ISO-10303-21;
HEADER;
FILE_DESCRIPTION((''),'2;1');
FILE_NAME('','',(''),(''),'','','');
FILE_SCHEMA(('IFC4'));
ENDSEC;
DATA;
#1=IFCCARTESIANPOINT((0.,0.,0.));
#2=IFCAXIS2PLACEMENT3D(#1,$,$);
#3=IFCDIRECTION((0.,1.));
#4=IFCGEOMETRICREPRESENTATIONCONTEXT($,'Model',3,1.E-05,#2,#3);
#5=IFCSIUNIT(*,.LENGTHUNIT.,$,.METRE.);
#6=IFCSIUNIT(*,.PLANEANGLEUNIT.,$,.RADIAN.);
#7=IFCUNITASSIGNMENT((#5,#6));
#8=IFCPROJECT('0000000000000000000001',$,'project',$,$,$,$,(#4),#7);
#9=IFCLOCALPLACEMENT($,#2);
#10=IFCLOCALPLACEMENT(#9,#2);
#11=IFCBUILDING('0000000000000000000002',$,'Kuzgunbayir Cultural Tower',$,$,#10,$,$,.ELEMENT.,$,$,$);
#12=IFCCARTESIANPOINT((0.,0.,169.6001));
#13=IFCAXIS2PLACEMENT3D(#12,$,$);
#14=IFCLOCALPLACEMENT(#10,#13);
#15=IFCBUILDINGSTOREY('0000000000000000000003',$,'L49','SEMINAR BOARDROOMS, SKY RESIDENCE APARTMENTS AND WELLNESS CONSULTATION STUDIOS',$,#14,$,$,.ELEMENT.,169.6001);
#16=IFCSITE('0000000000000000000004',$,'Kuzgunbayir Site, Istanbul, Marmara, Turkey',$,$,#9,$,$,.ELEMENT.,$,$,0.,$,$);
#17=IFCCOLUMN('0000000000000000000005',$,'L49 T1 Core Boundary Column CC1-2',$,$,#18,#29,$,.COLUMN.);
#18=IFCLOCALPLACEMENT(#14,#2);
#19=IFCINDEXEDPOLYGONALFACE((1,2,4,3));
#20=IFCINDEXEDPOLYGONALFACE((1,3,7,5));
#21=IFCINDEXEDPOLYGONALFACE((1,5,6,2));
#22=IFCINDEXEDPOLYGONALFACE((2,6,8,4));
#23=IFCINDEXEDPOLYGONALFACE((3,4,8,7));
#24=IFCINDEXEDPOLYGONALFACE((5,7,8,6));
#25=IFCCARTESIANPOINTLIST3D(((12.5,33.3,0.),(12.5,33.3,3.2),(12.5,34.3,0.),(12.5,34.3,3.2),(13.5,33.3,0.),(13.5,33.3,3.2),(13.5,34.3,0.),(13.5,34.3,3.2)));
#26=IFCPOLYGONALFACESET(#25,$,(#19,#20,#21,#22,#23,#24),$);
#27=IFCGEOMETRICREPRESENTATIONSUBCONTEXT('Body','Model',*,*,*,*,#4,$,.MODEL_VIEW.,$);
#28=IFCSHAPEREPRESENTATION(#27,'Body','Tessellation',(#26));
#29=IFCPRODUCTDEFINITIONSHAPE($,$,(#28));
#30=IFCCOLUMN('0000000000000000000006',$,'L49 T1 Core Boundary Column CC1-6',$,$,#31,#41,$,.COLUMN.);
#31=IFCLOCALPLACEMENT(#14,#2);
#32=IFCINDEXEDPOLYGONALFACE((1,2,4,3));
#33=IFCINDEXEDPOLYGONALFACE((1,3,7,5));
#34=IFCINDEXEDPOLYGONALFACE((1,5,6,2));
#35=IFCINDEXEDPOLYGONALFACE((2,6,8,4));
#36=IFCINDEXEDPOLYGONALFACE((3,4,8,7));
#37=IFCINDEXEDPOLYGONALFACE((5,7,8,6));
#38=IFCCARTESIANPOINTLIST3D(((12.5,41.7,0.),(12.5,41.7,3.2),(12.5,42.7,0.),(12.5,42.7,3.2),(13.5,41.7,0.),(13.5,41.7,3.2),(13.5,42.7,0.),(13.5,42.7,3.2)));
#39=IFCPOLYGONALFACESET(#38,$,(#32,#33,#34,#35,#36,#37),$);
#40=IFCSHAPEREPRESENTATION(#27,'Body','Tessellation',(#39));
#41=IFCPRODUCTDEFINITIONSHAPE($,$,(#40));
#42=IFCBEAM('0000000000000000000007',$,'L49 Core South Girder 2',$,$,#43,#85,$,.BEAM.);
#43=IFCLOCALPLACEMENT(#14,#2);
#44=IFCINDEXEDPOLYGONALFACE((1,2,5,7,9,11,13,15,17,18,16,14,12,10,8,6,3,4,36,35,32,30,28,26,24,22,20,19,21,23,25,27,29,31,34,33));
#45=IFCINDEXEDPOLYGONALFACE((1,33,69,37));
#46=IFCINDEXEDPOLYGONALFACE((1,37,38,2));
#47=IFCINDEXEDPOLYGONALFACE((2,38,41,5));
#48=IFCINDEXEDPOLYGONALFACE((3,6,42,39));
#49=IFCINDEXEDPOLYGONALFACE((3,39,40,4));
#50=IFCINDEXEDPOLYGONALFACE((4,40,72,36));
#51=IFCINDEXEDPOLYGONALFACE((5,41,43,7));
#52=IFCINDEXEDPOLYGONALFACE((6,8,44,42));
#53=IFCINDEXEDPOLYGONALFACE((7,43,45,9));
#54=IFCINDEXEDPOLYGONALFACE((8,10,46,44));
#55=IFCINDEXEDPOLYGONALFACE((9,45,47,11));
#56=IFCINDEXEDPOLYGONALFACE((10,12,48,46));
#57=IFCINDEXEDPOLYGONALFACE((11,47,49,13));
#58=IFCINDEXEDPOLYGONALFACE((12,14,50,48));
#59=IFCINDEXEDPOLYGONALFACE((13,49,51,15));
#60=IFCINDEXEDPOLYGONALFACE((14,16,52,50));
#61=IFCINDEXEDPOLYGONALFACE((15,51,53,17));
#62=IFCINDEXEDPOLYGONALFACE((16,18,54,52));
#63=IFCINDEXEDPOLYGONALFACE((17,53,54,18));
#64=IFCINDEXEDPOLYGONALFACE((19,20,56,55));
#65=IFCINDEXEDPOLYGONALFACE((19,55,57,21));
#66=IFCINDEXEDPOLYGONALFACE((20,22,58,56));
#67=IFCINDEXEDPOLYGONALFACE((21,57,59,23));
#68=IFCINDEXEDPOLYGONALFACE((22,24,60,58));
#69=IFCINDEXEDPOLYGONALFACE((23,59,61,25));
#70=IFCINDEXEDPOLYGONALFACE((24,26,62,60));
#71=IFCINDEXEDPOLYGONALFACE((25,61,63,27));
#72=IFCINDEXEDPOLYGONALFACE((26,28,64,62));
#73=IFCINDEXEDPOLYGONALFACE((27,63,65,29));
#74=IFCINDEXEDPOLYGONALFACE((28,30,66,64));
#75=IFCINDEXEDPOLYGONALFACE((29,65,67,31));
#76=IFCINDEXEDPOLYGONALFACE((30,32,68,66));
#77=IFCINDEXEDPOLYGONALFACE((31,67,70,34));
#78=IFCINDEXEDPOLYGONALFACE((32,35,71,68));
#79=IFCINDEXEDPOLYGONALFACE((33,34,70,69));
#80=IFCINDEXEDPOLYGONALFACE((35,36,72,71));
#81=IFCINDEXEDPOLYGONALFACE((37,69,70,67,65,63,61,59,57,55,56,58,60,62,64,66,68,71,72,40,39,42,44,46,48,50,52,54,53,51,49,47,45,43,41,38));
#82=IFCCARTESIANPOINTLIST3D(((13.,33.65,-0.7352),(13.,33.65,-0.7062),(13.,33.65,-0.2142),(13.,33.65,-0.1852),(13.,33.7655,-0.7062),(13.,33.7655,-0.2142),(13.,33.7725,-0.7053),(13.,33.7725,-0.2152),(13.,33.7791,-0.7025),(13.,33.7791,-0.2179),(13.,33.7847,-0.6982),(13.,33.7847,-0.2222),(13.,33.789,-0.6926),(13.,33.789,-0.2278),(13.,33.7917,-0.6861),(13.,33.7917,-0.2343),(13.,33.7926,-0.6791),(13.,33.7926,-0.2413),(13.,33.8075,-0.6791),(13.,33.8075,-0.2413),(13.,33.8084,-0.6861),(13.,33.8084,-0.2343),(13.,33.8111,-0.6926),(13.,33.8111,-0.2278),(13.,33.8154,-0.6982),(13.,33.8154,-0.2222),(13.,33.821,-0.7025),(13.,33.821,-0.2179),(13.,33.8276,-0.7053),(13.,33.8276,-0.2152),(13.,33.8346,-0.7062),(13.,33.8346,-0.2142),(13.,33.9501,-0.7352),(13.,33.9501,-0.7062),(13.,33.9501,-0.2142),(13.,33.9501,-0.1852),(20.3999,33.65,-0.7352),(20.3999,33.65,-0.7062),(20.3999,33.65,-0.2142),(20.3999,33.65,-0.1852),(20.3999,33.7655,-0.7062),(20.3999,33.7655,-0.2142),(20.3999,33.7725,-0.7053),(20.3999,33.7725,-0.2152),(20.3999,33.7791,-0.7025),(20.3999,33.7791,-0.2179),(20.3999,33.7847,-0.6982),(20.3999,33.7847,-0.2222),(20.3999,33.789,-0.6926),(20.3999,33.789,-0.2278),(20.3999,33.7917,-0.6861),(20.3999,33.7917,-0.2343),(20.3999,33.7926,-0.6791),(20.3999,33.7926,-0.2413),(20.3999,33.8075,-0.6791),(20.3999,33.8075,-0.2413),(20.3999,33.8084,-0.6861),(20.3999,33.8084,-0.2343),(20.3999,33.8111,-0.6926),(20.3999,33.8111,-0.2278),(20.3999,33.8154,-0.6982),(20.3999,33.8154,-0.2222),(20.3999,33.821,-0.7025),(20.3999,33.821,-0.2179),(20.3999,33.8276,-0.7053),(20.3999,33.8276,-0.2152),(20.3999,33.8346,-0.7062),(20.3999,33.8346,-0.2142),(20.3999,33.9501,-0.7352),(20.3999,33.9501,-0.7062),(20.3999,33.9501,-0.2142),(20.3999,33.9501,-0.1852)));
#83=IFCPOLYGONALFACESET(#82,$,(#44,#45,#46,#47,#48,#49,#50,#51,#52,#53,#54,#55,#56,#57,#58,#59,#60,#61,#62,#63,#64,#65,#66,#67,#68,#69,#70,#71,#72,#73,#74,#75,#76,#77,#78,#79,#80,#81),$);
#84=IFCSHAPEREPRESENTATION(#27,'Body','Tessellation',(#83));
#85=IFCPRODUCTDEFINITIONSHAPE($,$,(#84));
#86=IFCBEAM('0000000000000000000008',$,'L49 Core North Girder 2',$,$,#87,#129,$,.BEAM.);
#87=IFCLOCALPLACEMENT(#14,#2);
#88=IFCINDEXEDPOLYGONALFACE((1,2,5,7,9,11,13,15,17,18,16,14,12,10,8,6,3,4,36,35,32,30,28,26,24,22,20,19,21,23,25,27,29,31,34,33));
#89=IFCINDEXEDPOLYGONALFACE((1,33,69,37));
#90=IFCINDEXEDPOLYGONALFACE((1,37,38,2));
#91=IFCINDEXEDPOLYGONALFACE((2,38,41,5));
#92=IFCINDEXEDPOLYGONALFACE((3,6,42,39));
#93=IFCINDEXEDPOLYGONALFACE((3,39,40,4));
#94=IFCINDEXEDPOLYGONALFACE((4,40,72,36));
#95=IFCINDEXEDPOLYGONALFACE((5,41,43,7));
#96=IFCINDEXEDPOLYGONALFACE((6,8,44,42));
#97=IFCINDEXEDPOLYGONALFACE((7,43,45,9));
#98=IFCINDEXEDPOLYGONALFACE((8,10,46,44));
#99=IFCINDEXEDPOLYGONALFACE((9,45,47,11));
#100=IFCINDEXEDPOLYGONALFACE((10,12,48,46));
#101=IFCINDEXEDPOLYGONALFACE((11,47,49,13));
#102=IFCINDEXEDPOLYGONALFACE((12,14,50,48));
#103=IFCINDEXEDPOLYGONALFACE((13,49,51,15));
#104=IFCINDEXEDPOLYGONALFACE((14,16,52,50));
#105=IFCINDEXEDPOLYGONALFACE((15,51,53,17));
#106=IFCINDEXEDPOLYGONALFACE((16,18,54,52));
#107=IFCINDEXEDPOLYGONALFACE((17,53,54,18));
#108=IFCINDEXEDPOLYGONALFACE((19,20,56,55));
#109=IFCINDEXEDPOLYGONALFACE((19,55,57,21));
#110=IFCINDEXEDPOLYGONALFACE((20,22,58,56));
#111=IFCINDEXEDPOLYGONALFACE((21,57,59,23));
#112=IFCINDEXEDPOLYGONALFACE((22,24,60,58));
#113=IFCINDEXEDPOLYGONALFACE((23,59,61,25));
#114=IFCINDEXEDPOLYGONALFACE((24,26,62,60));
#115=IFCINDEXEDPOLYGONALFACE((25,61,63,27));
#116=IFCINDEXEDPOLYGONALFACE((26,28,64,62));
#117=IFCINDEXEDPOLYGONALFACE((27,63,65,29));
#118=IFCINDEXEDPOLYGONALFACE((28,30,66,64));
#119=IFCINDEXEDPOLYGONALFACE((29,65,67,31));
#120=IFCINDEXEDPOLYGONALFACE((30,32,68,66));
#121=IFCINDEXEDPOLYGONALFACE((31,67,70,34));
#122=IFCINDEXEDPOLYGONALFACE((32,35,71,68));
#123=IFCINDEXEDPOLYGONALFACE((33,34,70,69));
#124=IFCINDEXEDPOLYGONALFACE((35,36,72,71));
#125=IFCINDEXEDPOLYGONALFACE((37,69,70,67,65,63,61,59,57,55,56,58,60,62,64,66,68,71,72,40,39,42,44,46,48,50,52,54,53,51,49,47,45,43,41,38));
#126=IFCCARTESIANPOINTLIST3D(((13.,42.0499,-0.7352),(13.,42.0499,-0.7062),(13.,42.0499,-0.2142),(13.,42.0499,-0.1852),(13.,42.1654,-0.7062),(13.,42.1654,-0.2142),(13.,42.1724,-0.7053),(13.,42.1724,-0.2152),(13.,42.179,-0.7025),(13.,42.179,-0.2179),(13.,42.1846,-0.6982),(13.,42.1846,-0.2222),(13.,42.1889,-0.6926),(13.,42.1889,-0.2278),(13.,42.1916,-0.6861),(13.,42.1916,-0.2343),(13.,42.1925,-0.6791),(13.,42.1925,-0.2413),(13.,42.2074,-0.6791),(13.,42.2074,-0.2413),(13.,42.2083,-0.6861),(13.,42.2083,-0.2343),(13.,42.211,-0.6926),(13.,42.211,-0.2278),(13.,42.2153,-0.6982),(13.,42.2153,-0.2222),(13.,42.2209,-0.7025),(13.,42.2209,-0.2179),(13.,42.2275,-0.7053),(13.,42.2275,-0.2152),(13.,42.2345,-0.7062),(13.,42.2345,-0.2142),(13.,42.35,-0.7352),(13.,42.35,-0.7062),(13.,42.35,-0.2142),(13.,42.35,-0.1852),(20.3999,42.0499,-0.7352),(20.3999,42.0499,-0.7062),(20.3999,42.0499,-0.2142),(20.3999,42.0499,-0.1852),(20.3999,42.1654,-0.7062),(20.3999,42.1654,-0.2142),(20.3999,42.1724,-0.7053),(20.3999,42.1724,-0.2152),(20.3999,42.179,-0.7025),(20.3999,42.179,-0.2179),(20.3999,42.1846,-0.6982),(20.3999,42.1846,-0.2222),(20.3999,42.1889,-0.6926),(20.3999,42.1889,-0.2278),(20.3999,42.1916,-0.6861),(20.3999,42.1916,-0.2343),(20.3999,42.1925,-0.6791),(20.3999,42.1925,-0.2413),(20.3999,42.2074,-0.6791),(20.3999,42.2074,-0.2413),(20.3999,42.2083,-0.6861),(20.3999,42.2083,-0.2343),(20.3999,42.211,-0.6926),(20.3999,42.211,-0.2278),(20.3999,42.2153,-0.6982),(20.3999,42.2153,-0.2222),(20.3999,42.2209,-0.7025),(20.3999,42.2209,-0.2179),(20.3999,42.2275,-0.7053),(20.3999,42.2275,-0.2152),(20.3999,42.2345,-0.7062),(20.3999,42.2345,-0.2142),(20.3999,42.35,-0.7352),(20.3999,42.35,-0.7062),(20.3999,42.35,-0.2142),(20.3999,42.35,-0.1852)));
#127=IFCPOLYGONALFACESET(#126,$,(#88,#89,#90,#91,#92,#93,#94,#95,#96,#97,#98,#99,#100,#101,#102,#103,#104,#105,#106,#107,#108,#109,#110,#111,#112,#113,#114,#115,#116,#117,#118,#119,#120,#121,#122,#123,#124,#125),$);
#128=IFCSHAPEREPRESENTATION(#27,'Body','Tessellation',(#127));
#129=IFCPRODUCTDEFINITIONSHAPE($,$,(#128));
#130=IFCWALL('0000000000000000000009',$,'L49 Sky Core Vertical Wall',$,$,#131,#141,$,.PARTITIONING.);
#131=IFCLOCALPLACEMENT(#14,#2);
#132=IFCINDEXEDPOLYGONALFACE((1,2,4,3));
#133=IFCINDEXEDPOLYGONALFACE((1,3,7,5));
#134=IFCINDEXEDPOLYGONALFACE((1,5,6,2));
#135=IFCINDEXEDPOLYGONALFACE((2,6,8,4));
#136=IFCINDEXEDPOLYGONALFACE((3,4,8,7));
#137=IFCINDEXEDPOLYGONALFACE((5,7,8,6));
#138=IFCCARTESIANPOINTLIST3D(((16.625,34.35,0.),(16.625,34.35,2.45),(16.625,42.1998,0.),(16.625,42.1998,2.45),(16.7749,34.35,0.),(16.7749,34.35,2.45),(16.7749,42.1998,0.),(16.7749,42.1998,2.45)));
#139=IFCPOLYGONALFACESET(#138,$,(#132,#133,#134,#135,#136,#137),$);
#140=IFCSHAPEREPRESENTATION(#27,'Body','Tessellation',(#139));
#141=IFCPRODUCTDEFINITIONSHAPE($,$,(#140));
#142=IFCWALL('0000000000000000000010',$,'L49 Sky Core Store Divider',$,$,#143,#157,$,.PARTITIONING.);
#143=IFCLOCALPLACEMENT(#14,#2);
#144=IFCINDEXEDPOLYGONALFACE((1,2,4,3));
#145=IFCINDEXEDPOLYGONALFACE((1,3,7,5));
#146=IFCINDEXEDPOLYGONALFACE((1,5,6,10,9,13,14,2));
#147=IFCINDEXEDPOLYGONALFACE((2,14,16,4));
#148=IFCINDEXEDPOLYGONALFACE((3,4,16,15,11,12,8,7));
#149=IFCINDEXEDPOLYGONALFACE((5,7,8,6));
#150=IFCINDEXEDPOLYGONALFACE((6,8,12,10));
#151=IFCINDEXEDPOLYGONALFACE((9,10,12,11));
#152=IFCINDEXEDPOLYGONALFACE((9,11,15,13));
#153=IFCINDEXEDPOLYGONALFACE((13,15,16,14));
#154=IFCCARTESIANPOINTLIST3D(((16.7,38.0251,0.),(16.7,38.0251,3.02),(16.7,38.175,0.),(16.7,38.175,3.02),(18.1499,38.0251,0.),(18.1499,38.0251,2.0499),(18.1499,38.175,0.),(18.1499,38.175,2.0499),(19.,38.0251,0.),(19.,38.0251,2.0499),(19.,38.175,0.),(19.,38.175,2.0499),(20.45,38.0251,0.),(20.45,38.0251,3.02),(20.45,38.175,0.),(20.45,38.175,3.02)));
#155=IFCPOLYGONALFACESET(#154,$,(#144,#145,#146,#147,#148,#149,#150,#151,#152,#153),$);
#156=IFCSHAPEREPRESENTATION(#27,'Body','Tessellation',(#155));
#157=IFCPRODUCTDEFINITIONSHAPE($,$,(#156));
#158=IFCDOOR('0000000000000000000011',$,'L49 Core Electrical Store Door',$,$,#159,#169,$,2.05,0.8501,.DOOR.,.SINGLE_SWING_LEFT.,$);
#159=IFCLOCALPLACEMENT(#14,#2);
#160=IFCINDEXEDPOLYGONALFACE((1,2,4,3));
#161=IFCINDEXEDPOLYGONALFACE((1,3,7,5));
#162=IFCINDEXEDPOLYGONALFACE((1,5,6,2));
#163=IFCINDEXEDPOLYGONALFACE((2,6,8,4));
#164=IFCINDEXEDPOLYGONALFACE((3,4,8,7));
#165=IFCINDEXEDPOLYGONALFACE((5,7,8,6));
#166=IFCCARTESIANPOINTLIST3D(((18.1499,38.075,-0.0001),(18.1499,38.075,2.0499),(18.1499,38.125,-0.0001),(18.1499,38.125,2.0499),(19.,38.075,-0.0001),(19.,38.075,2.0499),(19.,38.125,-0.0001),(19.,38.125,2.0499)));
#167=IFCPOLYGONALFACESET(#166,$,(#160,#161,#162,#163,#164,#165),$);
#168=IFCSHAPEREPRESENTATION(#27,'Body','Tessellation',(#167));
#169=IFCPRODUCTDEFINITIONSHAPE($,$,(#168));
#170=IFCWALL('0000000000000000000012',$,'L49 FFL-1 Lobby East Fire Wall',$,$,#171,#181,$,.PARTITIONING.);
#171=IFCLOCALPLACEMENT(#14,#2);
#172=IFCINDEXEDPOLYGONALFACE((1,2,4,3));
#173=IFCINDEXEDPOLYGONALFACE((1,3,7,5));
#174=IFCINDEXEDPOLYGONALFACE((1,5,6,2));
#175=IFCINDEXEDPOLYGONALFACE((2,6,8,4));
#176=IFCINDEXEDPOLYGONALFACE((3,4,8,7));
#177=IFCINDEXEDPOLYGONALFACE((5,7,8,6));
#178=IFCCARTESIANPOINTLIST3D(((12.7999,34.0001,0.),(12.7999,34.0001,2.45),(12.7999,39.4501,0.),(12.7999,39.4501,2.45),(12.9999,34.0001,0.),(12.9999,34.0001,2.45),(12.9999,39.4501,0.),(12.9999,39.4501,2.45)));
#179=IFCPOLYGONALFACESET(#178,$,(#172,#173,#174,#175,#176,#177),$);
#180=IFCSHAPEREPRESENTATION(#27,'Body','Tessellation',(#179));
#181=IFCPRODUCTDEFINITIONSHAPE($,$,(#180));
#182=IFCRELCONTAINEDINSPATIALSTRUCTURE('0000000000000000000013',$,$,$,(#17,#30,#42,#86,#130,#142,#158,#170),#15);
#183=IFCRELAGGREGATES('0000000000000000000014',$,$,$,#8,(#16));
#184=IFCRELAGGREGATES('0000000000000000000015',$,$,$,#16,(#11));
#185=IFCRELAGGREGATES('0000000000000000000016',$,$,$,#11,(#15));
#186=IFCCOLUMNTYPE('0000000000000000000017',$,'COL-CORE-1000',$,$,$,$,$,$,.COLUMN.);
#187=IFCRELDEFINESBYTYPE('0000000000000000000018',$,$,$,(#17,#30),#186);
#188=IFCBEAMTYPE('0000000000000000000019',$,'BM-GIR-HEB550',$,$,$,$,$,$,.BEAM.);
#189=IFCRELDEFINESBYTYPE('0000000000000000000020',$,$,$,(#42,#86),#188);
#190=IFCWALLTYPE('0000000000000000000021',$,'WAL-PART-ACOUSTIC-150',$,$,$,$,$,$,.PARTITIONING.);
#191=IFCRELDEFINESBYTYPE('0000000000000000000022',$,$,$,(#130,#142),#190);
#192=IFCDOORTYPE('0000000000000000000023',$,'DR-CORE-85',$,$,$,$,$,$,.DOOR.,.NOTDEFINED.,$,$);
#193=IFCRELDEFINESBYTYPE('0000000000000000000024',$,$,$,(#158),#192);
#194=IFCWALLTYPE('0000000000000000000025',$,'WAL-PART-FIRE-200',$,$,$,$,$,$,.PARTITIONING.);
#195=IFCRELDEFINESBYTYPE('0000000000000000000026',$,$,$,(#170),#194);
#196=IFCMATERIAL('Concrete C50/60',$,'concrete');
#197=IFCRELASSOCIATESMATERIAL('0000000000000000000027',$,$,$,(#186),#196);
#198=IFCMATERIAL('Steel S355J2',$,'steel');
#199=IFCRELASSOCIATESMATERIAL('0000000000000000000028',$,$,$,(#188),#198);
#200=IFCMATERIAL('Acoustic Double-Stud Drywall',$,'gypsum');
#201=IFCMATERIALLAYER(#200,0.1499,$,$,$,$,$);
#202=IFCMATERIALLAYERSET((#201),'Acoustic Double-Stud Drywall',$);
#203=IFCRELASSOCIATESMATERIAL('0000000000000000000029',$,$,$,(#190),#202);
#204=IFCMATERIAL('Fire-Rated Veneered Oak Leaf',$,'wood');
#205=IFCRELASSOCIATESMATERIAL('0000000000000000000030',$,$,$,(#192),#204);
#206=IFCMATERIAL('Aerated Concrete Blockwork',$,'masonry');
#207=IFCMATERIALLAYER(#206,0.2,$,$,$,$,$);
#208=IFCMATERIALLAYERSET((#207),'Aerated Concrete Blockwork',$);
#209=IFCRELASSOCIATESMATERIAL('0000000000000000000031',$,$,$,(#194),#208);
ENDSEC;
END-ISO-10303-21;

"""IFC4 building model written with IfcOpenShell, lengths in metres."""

from ifc_helpers import new_model, si_unit, direction, frame, frame_2d, origin, origin_2d, place, context, subcontext, project, spatial, rectangle, i_section, extrude, material, layer, layer_set, material_profile, profile_set, type_object, element, fill, save


model = new_model("IFC4")

# Units and contexts
model_context = context("Model", 3, precision=1e-05, world=origin(), true_north=direction((0.0, 1.0)))
body_context = subcontext(model_context, "Body", "Model", "MODEL_VIEW")
ifc_project = project(units=[si_unit("LENGTHUNIT", "METRE"), si_unit("PLANEANGLEUNIT", "RADIAN")], contexts=[model_context])

# Site, building, storey
site_placement = place(None, origin())
site = spatial("IfcSite", under=ifc_project, at=site_placement, Name="Kuzgunbayir Site, Istanbul, Marmara, Turkey", CompositionType="ELEMENT", RefElevation=0.0)
building_placement = place(site_placement, origin())
building = spatial("IfcBuilding", under=site, at=building_placement, Name="Kuzgunbayir Cultural Tower", CompositionType="ELEMENT")
storey_placement = place(building_placement, frame((0.0, 0.0, 169.6001)))
storey = spatial("IfcBuildingStorey", under=building, at=storey_placement, Name="L49", Description="SEMINAR BOARDROOMS, SKY RESIDENCE APARTMENTS AND WELLNESS CONSULTATION STUDIOS", CompositionType="ELEMENT", Elevation=169.6001)

# Columns
ifc_material_1 = material(Name="Concrete C50/60", Category="concrete")
ifc_material_profile_1 = material_profile(ifc_material_1, rectangle(XDim=1.0, YDim=1.0, at=origin_2d()), Name="RC 1000x1000")
ifc_profile_set_1 = profile_set([ifc_material_profile_1], Name="Concrete C50/60")
column_type = type_object("IfcColumnType", Name="COL-CORE-1000", PredefinedType="COLUMN", material=ifc_profile_set_1)
for number, where, z_axis, x_axis, name in (
    (1, (13.0, 33.8, 0.0), (0.0, 0.0, 1.0), (1.0, 0.0, 0.0), "L49 T1 Core Boundary Column CC1-2"),
    (2, (13.0, 42.2, 0.0), (0.0, 0.0, 1.0), (1.0, 0.0, 0.0), "L49 T1 Core Boundary Column CC1-6"),
):
    element("IfcColumn", number, at=place(storey_placement, frame(where, z_axis=z_axis, x_axis=x_axis)), inside=storey, type_object=column_type, Name=name, PredefinedType="COLUMN", context=body_context, shape_type="SweptSolid", body=[
        extrude(rectangle(XDim=1.0, YDim=1.0, at=origin_2d()), origin(), (0.0, 0.0, 1.0), 3.2),
    ])

# Beams
ifc_material_2 = material(Name="Steel S355J2", Category="steel")
ifc_material_profile_2 = material_profile(ifc_material_2, i_section(OverallWidth=0.3, OverallDepth=0.55, WebThickness=0.0149, FlangeThickness=0.0291, FilletRadius=0.0271, at=origin_2d()), Name="HEB 550")
ifc_profile_set_2 = profile_set([ifc_material_profile_2], Name="Steel S355J2")
beam_type = type_object("IfcBeamType", Name="BM-GIR-HEB550", PredefinedType="BEAM", material=ifc_profile_set_2)
for number, where, z_axis, x_axis, name in (
    (3, (13.0, 33.8, -0.4602), (1.0, 0.0, 0.0), (0.0, 1.0, 0.0), "L49 Core South Girder 2"),
    (4, (13.0, 42.2, -0.4602), (1.0, 0.0, 0.0), (0.0, 1.0, 0.0), "L49 Core North Girder 2"),
):
    element("IfcBeam", number, at=place(storey_placement, frame(where, z_axis=z_axis, x_axis=x_axis)), inside=storey, type_object=beam_type, Name=name, PredefinedType="BEAM", context=body_context, shape_type="SweptSolid", body=[
        extrude(i_section(OverallWidth=0.3, OverallDepth=0.55, WebThickness=0.0149, FlangeThickness=0.0291, FilletRadius=0.0271, at=origin_2d()), origin(), (0.0, 0.0, 1.0), 7.3999),
    ])

# Shared definitions
ifc_material_3 = material(Name="Acoustic Double-Stud Drywall", Category="gypsum")
ifc_layer_1 = layer(ifc_material_3, 0.1499)
ifc_layer_set_1 = layer_set([ifc_layer_1], Name="Acoustic Double-Stud Drywall")
wall_type_1 = type_object("IfcWallType", Name="WAL-PART-ACOUSTIC-150", PredefinedType="PARTITIONING", material=ifc_layer_set_1)
ifc_material_4 = material(Name="Fire-Rated Veneered Oak Leaf", Category="wood")

# Wall
wall_1_placement = place(storey_placement, frame((16.7, 34.3501, 0.0), z_axis=(0.0, 0.0, 1.0), x_axis=(0.0, 1.0, 0.0)))
element("IfcWall", 5, at=wall_1_placement, inside=storey, type_object=wall_type_1, Name="L49 Sky Core Vertical Wall", PredefinedType="PARTITIONING", context=body_context, shape_type="SweptSolid", body=[
    extrude(rectangle(XDim=7.8499, YDim=0.1499, at=frame_2d((3.9248, 0.0))), origin(), (0.0, 0.0, 1.0), 2.45),
])

# Wall, opening, door
wall_2_placement = place(storey_placement, frame((16.7, 38.1001, 0.0), z_axis=(0.0, 0.0, 1.0), x_axis=(1.0, 0.0, 0.0)))
wall_2 = element("IfcWall", 6, at=wall_2_placement, inside=storey, type_object=wall_type_1, Name="L49 Sky Core Store Divider", PredefinedType="PARTITIONING", context=body_context, shape_type="SweptSolid", body=[
    extrude(rectangle(XDim=3.75, YDim=0.1499, at=frame_2d((1.875, 0.0))), origin(), (0.0, 0.0, 1.0), 3.02),
])
opening_1_placement = place(wall_2_placement, frame((1.45, 0.0, 0.0)))
opening_1 = element("IfcOpeningElement", 7, at=opening_1_placement, cuts=wall_2, PredefinedType="OPENING", context=body_context, shape_type="SweptSolid", body=[
    extrude(rectangle(XDim=0.8501, YDim=2.05, at=frame_2d((0.425, 1.0249))), frame((0.0, 0.085, 0.0), z_axis=(0.0, -1.0, 0.0), x_axis=(1.0, 0.0, 0.0)), (0.0, 0.0, 1.0), 0.1699),
])
door_type_1 = type_object("IfcDoorType", Name="DR-CORE-85", OperationType="NOTDEFINED", PredefinedType="DOOR", material=ifc_material_4)
door_1_placement = place(opening_1_placement, origin())
door_1 = element("IfcDoor", 8, at=door_1_placement, inside=storey, type_object=door_type_1, Name="L49 Core Electrical Store Door", OperationType="SINGLE_SWING_LEFT", OverallHeight=2.05, OverallWidth=0.8501, PredefinedType="DOOR", context=body_context, shape_type="SweptSolid", body=[
    extrude(rectangle(XDim=0.8501, YDim=2.05, at=frame_2d((0.425, 1.0249))), frame((0.0, 0.0249, 0.0), z_axis=(0.0, -1.0, 0.0), x_axis=(1.0, 0.0, 0.0)), (0.0, 0.0, 1.0), 0.05),
])
fill(opening_1, door_1)

# Wall
ifc_material_5 = material(Name="Aerated Concrete Blockwork", Category="masonry")
ifc_layer_2 = layer(ifc_material_5, 0.2)
ifc_layer_set_2 = layer_set([ifc_layer_2], Name="Aerated Concrete Blockwork")
wall_type_2 = type_object("IfcWallType", Name="WAL-PART-FIRE-200", PredefinedType="PARTITIONING", material=ifc_layer_set_2)
wall_3_placement = place(storey_placement, frame((12.8999, 34.0, 0.0), z_axis=(0.0, 0.0, 1.0), x_axis=(0.0, 1.0, 0.0)))
element("IfcWall", 9, at=wall_3_placement, inside=storey, type_object=wall_type_2, Name="L49 FFL-1 Lobby East Fire Wall", PredefinedType="PARTITIONING", context=body_context, shape_type="SweptSolid", body=[
    extrude(rectangle(XDim=5.45, YDim=0.2, at=frame_2d((2.7251, 0.0))), origin(), (0.0, 0.0, 1.0), 2.45),
])

save(model, "model.ifc")
